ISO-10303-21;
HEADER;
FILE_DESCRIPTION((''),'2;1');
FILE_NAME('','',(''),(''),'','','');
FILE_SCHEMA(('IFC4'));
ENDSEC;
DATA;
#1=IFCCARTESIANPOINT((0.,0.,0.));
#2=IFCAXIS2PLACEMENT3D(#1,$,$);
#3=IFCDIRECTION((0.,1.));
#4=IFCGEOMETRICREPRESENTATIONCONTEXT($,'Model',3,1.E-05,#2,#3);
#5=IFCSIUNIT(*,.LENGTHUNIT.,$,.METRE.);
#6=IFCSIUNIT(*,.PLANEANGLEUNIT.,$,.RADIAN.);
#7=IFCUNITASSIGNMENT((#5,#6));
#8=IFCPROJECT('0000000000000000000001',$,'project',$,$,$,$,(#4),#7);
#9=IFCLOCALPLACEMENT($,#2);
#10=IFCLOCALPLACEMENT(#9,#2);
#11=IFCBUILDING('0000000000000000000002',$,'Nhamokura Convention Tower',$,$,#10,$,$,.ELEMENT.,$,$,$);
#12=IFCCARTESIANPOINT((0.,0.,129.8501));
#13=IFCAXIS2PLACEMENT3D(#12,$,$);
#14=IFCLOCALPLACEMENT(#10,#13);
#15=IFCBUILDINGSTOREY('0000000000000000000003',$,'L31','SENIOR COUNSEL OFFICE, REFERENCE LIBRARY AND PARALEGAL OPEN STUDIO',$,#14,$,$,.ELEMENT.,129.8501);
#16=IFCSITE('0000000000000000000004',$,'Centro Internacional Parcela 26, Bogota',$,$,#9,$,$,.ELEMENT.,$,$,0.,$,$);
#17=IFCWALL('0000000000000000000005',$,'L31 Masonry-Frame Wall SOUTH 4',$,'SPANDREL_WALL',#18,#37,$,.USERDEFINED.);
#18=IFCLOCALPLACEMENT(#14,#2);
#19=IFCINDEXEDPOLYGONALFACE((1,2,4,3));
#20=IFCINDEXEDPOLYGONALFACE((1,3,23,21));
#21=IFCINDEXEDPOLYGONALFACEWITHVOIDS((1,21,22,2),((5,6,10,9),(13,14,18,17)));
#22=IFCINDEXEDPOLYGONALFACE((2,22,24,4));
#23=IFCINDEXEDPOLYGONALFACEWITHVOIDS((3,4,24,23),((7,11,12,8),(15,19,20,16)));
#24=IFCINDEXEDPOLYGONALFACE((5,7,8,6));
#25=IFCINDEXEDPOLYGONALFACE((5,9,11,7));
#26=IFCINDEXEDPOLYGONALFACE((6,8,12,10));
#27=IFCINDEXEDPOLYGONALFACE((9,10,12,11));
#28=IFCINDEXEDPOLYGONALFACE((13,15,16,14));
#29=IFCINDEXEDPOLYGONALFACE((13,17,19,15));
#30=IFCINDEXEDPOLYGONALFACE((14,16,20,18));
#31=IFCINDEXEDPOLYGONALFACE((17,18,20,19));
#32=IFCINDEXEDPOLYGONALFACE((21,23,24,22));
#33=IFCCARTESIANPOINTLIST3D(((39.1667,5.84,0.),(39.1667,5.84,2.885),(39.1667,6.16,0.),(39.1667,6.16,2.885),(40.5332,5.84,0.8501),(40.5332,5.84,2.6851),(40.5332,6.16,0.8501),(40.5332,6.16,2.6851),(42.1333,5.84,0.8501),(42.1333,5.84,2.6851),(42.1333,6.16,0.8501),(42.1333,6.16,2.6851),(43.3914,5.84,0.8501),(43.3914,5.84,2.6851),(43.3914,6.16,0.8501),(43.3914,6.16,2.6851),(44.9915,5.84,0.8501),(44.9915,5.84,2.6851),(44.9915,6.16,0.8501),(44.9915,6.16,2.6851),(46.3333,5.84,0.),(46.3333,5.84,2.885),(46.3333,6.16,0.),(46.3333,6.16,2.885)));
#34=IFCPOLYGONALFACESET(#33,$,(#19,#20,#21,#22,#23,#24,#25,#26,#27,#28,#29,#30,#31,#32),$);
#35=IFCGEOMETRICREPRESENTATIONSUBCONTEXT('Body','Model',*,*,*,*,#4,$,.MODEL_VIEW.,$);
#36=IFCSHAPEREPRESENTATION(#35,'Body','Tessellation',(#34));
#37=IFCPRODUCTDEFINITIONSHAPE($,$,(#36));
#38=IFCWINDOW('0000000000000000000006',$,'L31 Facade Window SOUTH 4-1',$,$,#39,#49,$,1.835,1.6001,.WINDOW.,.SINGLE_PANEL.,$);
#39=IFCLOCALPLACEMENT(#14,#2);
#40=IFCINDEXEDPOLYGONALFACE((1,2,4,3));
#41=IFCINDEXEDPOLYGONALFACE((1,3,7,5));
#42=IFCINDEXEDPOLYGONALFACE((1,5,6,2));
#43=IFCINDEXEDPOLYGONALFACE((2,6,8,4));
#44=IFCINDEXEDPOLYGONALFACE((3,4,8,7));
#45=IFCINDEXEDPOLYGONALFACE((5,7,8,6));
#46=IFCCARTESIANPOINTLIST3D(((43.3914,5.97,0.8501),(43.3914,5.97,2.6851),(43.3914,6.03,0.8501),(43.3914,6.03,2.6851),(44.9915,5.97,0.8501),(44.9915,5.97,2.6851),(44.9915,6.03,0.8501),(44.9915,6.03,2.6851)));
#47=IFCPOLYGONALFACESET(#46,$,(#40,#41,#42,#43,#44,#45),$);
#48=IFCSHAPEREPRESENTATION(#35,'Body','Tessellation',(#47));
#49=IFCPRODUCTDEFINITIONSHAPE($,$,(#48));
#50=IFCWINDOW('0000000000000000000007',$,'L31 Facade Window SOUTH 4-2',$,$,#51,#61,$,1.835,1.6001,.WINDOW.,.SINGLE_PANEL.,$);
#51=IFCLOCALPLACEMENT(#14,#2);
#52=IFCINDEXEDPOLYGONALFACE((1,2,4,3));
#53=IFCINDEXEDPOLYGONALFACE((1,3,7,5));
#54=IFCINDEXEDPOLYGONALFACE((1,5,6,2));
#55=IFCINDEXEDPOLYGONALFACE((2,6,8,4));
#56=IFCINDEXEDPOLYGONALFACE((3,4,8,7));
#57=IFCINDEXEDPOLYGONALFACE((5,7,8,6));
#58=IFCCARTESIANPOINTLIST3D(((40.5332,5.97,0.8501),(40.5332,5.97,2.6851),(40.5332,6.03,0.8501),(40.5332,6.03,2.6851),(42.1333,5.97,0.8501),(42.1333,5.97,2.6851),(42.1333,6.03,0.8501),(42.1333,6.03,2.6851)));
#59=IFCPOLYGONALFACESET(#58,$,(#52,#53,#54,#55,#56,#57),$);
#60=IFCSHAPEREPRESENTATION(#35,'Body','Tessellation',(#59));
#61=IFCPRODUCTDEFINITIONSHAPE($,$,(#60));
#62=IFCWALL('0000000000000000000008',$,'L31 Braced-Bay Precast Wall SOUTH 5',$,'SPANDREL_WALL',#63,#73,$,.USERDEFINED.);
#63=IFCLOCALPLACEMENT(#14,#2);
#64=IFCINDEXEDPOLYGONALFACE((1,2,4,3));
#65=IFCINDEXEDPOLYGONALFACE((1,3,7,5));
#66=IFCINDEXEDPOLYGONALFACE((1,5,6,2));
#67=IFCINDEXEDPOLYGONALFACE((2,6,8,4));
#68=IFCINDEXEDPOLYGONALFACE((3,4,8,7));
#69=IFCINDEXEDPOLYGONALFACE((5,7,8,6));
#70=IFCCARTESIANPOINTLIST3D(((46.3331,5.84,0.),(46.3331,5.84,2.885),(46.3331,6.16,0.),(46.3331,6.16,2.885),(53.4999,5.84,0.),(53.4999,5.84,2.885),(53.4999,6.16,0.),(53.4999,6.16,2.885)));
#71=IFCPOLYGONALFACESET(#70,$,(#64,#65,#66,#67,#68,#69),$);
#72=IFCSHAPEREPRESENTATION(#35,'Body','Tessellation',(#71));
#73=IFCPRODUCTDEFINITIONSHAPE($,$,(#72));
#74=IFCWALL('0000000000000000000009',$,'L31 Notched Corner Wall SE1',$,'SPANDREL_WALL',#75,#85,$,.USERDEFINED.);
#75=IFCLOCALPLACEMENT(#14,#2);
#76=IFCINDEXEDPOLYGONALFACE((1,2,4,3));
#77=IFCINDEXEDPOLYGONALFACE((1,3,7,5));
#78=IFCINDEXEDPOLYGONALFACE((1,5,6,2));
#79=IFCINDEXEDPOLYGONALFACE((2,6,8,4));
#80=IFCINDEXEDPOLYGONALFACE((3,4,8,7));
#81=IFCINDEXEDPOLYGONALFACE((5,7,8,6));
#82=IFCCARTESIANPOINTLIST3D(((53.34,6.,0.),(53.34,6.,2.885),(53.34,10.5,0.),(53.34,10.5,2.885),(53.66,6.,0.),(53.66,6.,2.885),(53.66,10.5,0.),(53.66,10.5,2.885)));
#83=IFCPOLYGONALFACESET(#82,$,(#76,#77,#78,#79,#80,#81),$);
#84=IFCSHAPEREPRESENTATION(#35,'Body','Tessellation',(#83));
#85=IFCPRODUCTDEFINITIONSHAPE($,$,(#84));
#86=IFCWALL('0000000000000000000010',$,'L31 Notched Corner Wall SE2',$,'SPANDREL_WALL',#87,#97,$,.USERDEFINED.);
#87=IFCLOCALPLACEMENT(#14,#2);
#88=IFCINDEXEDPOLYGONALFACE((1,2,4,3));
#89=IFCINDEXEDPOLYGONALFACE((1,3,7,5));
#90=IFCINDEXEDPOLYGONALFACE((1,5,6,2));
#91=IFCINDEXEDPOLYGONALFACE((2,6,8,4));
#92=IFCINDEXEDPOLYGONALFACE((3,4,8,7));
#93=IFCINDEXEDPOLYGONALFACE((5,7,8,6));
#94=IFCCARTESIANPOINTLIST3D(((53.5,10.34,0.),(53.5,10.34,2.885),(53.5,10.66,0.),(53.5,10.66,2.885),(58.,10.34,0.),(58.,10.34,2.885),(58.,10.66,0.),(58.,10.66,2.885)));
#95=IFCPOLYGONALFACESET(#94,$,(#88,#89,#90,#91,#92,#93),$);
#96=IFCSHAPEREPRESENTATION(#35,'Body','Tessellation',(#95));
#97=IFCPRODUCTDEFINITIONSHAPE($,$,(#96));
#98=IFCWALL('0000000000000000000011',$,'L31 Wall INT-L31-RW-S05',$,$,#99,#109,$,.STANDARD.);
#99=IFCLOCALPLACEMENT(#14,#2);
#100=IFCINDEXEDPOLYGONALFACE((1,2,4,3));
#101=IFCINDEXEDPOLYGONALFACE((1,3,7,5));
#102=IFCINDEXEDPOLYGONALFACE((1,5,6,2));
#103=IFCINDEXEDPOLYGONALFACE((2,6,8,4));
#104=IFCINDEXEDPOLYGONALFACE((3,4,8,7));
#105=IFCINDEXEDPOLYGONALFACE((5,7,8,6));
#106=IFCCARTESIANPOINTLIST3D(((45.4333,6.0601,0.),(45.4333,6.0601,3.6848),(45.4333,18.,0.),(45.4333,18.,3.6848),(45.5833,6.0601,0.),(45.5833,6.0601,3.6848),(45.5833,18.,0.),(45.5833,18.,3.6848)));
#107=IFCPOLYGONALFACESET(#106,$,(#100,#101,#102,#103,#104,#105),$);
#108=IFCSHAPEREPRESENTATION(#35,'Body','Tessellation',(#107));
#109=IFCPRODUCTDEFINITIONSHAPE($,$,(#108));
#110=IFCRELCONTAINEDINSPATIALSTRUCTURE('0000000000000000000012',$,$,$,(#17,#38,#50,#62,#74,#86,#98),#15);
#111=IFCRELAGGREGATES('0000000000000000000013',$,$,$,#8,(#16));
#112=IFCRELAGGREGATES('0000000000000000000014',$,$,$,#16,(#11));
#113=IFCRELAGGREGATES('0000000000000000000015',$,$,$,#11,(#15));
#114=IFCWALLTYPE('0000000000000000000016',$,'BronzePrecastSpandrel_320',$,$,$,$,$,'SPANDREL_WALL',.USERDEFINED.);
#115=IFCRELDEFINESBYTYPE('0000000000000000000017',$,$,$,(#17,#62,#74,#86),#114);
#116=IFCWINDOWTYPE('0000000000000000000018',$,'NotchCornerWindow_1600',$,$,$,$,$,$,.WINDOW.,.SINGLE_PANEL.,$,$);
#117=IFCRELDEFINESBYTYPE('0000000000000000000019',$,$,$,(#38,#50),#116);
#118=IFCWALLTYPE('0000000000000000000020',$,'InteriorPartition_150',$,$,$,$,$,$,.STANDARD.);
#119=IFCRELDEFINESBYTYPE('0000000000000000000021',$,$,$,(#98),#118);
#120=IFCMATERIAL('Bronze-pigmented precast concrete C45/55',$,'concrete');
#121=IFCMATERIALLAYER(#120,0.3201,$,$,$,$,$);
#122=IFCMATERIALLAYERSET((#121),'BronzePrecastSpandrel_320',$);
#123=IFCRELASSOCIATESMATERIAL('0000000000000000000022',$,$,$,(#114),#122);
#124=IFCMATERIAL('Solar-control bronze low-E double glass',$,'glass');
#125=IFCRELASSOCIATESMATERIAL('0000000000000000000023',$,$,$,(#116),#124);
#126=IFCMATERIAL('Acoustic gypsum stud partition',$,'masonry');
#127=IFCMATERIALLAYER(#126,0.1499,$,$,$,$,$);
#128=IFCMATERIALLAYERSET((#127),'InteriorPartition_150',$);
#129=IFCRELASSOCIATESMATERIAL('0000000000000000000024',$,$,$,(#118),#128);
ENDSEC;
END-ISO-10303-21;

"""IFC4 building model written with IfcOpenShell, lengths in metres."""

from ifc_helpers import new_model, si_unit, direction, frame, frame_2d, origin, place, context, subcontext, project, spatial, rectangle, extrude, material, layer, layer_set, type_object, element, fill, save


model = new_model("IFC4")

# Units and contexts
model_context = context("Model", 3, precision=1e-05, world=origin(), true_north=direction((0.0, 1.0)))
body_context = subcontext(model_context, "Body", "Model", "MODEL_VIEW")
ifc_project = project(units=[si_unit("LENGTHUNIT", "METRE"), si_unit("PLANEANGLEUNIT", "RADIAN")], contexts=[model_context])

# Site, building, storey
site_placement = place(None, origin())
site = spatial("IfcSite", under=ifc_project, at=site_placement, Name="Centro Internacional Parcela 26, Bogota", CompositionType="ELEMENT", RefElevation=0.0)
building_placement = place(site_placement, origin())
building = spatial("IfcBuilding", under=site, at=building_placement, Name="Nhamokura Convention Tower", CompositionType="ELEMENT")
storey_placement = place(building_placement, frame((0.0, 0.0, 129.8501)))
storey = spatial("IfcBuildingStorey", under=building, at=storey_placement, Name="L31", Description="SENIOR COUNSEL OFFICE, REFERENCE LIBRARY AND PARALEGAL OPEN STUDIO", CompositionType="ELEMENT", Elevation=129.8501)

# Wall, openings, windows
ifc_material_1 = material(Name="Bronze-pigmented precast concrete C45/55", Category="concrete")
ifc_layer_1 = layer(ifc_material_1, 0.3201)
ifc_layer_set_1 = layer_set([ifc_layer_1], Name="BronzePrecastSpandrel_320")
wall_type_1 = type_object("IfcWallType", Name="BronzePrecastSpandrel_320", ElementType="SPANDREL_WALL", PredefinedType="USERDEFINED", material=ifc_layer_set_1)
wall_1_placement = place(storey_placement, frame((46.3333, 6.0, 0.0), z_axis=(0.0, 0.0, 1.0), x_axis=(-1.0, 0.0, 0.0)))
wall_1 = element("IfcWall", 1, at=wall_1_placement, inside=storey, type_object=wall_type_1, Name="L31 Masonry-Frame Wall SOUTH 4", ObjectType="SPANDREL_WALL", PredefinedType="USERDEFINED", context=body_context, shape_type="SweptSolid", body=[
    extrude(rectangle(XDim=7.1665, YDim=0.3201, at=frame_2d((3.5833, 0.0))), origin(), (0.0, 0.0, 1.0), 2.885),
])
opening_1_placement = place(wall_1_placement, frame((1.3418, 0.0, 0.8501)))
opening_1 = element("IfcOpeningElement", 2, at=opening_1_placement, cuts=wall_1, PredefinedType="OPENING", context=body_context, shape_type="SweptSolid", body=[
    extrude(rectangle(XDim=1.6001, YDim=1.835, at=frame_2d((0.8, 0.9175))), frame((0.0, 0.1699, 0.0), z_axis=(0.0, -1.0, 0.0), x_axis=(1.0, 0.0, 0.0)), (0.0, 0.0, 1.0), 0.3401),
])
opening_2_placement = place(wall_1_placement, frame((4.2, 0.0, 0.8501)))
opening_2 = element("IfcOpeningElement", 3, at=opening_2_placement, cuts=wall_1, PredefinedType="OPENING", context=body_context, shape_type="SweptSolid", body=[
    extrude(rectangle(XDim=1.6001, YDim=1.835, at=frame_2d((0.8, 0.9175))), frame((0.0, 0.1699, 0.0), z_axis=(0.0, -1.0, 0.0), x_axis=(1.0, 0.0, 0.0)), (0.0, 0.0, 1.0), 0.3401),
])
ifc_material_2 = material(Name="Solar-control bronze low-E double glass", Category="glass")
window_type = type_object("IfcWindowType", Name="NotchCornerWindow_1600", PartitioningType="SINGLE_PANEL", PredefinedType="WINDOW", material=ifc_material_2)
window_1_placement = place(opening_1_placement, origin())
window_1 = element("IfcWindow", 4, at=window_1_placement, inside=storey, type_object=window_type, Name="L31 Facade Window SOUTH 4-1", OverallHeight=1.835, OverallWidth=1.6001, PartitioningType="SINGLE_PANEL", PredefinedType="WINDOW", context=body_context, shape_type="SweptSolid", body=[
    extrude(rectangle(XDim=1.6001, YDim=1.835, at=frame_2d((0.8, 0.9175))), frame((0.0, 0.03, 0.0), z_axis=(0.0, -1.0, 0.0), x_axis=(1.0, 0.0, 0.0)), (0.0, 0.0, 1.0), 0.0601),
])
fill(opening_1, window_1)
window_2_placement = place(opening_2_placement, origin())
window_2 = element("IfcWindow", 5, at=window_2_placement, inside=storey, type_object=window_type, Name="L31 Facade Window SOUTH 4-2", OverallHeight=1.835, OverallWidth=1.6001, PartitioningType="SINGLE_PANEL", PredefinedType="WINDOW", context=body_context, shape_type="SweptSolid", body=[
    extrude(rectangle(XDim=1.6001, YDim=1.835, at=frame_2d((0.8, 0.9175))), frame((0.0, 0.03, 0.0), z_axis=(0.0, -1.0, 0.0), x_axis=(1.0, 0.0, 0.0)), (0.0, 0.0, 1.0), 0.0601),
])
fill(opening_2, window_2)

# Walls
wall_2_placement = place(storey_placement, frame((53.5, 6.0, 0.0), z_axis=(0.0, 0.0, 1.0), x_axis=(-1.0, 0.0, 0.0)))
element("IfcWall", 6, at=wall_2_placement, inside=storey, type_object=wall_type_1, Name="L31 Braced-Bay Precast Wall SOUTH 5", ObjectType="SPANDREL_WALL", PredefinedType="USERDEFINED", context=body_context, shape_type="SweptSolid", body=[
    extrude(rectangle(XDim=7.1667, YDim=0.3201, at=frame_2d((3.5835, 0.0))), origin(), (0.0, 0.0, 1.0), 2.885),
])
for number, where, z_axis, x_axis, name in (
    (7, (53.5, 10.5, 0.0), (0.0, 0.0, 1.0), (0.0, -1.0, 0.0), "L31 Notched Corner Wall SE1"),
    (8, (58.0, 10.5, 0.0), (0.0, 0.0, 1.0), (-1.0, 0.0, 0.0), "L31 Notched Corner Wall SE2"),
):
    element("IfcWall", number, at=place(storey_placement, frame(where, z_axis=z_axis, x_axis=x_axis)), inside=storey, type_object=wall_type_1, Name=name, ObjectType="SPANDREL_WALL", PredefinedType="USERDEFINED", context=body_context, shape_type="SweptSolid", body=[
        extrude(rectangle(XDim=4.5, YDim=0.3201, at=frame_2d((2.25, 0.0))), origin(), (0.0, 0.0, 1.0), 2.885),
    ])
ifc_material_3 = material(Name="Acoustic gypsum stud partition", Category="masonry")
ifc_layer_2 = layer(ifc_material_3, 0.1499)
ifc_layer_set_2 = layer_set([ifc_layer_2], Name="InteriorPartition_150")
wall_type_2 = type_object("IfcWallType", Name="InteriorPartition_150", PredefinedType="STANDARD", material=ifc_layer_set_2)
wall_3_placement = place(storey_placement, frame((45.5083, 6.0601, 0.0), z_axis=(0.0, 0.0, 1.0), x_axis=(0.0, 1.0, 0.0)))
element("IfcWall", 9, at=wall_3_placement, inside=storey, type_object=wall_type_2, Name="L31 Wall INT-L31-RW-S05", PredefinedType="STANDARD", context=body_context, shape_type="SweptSolid", body=[
    extrude(rectangle(XDim=11.9399, YDim=0.1499, at=frame_2d((5.97, 0.0))), origin(), (0.0, 0.0, 1.0), 3.6848),
])

save(model, "model.ifc")
